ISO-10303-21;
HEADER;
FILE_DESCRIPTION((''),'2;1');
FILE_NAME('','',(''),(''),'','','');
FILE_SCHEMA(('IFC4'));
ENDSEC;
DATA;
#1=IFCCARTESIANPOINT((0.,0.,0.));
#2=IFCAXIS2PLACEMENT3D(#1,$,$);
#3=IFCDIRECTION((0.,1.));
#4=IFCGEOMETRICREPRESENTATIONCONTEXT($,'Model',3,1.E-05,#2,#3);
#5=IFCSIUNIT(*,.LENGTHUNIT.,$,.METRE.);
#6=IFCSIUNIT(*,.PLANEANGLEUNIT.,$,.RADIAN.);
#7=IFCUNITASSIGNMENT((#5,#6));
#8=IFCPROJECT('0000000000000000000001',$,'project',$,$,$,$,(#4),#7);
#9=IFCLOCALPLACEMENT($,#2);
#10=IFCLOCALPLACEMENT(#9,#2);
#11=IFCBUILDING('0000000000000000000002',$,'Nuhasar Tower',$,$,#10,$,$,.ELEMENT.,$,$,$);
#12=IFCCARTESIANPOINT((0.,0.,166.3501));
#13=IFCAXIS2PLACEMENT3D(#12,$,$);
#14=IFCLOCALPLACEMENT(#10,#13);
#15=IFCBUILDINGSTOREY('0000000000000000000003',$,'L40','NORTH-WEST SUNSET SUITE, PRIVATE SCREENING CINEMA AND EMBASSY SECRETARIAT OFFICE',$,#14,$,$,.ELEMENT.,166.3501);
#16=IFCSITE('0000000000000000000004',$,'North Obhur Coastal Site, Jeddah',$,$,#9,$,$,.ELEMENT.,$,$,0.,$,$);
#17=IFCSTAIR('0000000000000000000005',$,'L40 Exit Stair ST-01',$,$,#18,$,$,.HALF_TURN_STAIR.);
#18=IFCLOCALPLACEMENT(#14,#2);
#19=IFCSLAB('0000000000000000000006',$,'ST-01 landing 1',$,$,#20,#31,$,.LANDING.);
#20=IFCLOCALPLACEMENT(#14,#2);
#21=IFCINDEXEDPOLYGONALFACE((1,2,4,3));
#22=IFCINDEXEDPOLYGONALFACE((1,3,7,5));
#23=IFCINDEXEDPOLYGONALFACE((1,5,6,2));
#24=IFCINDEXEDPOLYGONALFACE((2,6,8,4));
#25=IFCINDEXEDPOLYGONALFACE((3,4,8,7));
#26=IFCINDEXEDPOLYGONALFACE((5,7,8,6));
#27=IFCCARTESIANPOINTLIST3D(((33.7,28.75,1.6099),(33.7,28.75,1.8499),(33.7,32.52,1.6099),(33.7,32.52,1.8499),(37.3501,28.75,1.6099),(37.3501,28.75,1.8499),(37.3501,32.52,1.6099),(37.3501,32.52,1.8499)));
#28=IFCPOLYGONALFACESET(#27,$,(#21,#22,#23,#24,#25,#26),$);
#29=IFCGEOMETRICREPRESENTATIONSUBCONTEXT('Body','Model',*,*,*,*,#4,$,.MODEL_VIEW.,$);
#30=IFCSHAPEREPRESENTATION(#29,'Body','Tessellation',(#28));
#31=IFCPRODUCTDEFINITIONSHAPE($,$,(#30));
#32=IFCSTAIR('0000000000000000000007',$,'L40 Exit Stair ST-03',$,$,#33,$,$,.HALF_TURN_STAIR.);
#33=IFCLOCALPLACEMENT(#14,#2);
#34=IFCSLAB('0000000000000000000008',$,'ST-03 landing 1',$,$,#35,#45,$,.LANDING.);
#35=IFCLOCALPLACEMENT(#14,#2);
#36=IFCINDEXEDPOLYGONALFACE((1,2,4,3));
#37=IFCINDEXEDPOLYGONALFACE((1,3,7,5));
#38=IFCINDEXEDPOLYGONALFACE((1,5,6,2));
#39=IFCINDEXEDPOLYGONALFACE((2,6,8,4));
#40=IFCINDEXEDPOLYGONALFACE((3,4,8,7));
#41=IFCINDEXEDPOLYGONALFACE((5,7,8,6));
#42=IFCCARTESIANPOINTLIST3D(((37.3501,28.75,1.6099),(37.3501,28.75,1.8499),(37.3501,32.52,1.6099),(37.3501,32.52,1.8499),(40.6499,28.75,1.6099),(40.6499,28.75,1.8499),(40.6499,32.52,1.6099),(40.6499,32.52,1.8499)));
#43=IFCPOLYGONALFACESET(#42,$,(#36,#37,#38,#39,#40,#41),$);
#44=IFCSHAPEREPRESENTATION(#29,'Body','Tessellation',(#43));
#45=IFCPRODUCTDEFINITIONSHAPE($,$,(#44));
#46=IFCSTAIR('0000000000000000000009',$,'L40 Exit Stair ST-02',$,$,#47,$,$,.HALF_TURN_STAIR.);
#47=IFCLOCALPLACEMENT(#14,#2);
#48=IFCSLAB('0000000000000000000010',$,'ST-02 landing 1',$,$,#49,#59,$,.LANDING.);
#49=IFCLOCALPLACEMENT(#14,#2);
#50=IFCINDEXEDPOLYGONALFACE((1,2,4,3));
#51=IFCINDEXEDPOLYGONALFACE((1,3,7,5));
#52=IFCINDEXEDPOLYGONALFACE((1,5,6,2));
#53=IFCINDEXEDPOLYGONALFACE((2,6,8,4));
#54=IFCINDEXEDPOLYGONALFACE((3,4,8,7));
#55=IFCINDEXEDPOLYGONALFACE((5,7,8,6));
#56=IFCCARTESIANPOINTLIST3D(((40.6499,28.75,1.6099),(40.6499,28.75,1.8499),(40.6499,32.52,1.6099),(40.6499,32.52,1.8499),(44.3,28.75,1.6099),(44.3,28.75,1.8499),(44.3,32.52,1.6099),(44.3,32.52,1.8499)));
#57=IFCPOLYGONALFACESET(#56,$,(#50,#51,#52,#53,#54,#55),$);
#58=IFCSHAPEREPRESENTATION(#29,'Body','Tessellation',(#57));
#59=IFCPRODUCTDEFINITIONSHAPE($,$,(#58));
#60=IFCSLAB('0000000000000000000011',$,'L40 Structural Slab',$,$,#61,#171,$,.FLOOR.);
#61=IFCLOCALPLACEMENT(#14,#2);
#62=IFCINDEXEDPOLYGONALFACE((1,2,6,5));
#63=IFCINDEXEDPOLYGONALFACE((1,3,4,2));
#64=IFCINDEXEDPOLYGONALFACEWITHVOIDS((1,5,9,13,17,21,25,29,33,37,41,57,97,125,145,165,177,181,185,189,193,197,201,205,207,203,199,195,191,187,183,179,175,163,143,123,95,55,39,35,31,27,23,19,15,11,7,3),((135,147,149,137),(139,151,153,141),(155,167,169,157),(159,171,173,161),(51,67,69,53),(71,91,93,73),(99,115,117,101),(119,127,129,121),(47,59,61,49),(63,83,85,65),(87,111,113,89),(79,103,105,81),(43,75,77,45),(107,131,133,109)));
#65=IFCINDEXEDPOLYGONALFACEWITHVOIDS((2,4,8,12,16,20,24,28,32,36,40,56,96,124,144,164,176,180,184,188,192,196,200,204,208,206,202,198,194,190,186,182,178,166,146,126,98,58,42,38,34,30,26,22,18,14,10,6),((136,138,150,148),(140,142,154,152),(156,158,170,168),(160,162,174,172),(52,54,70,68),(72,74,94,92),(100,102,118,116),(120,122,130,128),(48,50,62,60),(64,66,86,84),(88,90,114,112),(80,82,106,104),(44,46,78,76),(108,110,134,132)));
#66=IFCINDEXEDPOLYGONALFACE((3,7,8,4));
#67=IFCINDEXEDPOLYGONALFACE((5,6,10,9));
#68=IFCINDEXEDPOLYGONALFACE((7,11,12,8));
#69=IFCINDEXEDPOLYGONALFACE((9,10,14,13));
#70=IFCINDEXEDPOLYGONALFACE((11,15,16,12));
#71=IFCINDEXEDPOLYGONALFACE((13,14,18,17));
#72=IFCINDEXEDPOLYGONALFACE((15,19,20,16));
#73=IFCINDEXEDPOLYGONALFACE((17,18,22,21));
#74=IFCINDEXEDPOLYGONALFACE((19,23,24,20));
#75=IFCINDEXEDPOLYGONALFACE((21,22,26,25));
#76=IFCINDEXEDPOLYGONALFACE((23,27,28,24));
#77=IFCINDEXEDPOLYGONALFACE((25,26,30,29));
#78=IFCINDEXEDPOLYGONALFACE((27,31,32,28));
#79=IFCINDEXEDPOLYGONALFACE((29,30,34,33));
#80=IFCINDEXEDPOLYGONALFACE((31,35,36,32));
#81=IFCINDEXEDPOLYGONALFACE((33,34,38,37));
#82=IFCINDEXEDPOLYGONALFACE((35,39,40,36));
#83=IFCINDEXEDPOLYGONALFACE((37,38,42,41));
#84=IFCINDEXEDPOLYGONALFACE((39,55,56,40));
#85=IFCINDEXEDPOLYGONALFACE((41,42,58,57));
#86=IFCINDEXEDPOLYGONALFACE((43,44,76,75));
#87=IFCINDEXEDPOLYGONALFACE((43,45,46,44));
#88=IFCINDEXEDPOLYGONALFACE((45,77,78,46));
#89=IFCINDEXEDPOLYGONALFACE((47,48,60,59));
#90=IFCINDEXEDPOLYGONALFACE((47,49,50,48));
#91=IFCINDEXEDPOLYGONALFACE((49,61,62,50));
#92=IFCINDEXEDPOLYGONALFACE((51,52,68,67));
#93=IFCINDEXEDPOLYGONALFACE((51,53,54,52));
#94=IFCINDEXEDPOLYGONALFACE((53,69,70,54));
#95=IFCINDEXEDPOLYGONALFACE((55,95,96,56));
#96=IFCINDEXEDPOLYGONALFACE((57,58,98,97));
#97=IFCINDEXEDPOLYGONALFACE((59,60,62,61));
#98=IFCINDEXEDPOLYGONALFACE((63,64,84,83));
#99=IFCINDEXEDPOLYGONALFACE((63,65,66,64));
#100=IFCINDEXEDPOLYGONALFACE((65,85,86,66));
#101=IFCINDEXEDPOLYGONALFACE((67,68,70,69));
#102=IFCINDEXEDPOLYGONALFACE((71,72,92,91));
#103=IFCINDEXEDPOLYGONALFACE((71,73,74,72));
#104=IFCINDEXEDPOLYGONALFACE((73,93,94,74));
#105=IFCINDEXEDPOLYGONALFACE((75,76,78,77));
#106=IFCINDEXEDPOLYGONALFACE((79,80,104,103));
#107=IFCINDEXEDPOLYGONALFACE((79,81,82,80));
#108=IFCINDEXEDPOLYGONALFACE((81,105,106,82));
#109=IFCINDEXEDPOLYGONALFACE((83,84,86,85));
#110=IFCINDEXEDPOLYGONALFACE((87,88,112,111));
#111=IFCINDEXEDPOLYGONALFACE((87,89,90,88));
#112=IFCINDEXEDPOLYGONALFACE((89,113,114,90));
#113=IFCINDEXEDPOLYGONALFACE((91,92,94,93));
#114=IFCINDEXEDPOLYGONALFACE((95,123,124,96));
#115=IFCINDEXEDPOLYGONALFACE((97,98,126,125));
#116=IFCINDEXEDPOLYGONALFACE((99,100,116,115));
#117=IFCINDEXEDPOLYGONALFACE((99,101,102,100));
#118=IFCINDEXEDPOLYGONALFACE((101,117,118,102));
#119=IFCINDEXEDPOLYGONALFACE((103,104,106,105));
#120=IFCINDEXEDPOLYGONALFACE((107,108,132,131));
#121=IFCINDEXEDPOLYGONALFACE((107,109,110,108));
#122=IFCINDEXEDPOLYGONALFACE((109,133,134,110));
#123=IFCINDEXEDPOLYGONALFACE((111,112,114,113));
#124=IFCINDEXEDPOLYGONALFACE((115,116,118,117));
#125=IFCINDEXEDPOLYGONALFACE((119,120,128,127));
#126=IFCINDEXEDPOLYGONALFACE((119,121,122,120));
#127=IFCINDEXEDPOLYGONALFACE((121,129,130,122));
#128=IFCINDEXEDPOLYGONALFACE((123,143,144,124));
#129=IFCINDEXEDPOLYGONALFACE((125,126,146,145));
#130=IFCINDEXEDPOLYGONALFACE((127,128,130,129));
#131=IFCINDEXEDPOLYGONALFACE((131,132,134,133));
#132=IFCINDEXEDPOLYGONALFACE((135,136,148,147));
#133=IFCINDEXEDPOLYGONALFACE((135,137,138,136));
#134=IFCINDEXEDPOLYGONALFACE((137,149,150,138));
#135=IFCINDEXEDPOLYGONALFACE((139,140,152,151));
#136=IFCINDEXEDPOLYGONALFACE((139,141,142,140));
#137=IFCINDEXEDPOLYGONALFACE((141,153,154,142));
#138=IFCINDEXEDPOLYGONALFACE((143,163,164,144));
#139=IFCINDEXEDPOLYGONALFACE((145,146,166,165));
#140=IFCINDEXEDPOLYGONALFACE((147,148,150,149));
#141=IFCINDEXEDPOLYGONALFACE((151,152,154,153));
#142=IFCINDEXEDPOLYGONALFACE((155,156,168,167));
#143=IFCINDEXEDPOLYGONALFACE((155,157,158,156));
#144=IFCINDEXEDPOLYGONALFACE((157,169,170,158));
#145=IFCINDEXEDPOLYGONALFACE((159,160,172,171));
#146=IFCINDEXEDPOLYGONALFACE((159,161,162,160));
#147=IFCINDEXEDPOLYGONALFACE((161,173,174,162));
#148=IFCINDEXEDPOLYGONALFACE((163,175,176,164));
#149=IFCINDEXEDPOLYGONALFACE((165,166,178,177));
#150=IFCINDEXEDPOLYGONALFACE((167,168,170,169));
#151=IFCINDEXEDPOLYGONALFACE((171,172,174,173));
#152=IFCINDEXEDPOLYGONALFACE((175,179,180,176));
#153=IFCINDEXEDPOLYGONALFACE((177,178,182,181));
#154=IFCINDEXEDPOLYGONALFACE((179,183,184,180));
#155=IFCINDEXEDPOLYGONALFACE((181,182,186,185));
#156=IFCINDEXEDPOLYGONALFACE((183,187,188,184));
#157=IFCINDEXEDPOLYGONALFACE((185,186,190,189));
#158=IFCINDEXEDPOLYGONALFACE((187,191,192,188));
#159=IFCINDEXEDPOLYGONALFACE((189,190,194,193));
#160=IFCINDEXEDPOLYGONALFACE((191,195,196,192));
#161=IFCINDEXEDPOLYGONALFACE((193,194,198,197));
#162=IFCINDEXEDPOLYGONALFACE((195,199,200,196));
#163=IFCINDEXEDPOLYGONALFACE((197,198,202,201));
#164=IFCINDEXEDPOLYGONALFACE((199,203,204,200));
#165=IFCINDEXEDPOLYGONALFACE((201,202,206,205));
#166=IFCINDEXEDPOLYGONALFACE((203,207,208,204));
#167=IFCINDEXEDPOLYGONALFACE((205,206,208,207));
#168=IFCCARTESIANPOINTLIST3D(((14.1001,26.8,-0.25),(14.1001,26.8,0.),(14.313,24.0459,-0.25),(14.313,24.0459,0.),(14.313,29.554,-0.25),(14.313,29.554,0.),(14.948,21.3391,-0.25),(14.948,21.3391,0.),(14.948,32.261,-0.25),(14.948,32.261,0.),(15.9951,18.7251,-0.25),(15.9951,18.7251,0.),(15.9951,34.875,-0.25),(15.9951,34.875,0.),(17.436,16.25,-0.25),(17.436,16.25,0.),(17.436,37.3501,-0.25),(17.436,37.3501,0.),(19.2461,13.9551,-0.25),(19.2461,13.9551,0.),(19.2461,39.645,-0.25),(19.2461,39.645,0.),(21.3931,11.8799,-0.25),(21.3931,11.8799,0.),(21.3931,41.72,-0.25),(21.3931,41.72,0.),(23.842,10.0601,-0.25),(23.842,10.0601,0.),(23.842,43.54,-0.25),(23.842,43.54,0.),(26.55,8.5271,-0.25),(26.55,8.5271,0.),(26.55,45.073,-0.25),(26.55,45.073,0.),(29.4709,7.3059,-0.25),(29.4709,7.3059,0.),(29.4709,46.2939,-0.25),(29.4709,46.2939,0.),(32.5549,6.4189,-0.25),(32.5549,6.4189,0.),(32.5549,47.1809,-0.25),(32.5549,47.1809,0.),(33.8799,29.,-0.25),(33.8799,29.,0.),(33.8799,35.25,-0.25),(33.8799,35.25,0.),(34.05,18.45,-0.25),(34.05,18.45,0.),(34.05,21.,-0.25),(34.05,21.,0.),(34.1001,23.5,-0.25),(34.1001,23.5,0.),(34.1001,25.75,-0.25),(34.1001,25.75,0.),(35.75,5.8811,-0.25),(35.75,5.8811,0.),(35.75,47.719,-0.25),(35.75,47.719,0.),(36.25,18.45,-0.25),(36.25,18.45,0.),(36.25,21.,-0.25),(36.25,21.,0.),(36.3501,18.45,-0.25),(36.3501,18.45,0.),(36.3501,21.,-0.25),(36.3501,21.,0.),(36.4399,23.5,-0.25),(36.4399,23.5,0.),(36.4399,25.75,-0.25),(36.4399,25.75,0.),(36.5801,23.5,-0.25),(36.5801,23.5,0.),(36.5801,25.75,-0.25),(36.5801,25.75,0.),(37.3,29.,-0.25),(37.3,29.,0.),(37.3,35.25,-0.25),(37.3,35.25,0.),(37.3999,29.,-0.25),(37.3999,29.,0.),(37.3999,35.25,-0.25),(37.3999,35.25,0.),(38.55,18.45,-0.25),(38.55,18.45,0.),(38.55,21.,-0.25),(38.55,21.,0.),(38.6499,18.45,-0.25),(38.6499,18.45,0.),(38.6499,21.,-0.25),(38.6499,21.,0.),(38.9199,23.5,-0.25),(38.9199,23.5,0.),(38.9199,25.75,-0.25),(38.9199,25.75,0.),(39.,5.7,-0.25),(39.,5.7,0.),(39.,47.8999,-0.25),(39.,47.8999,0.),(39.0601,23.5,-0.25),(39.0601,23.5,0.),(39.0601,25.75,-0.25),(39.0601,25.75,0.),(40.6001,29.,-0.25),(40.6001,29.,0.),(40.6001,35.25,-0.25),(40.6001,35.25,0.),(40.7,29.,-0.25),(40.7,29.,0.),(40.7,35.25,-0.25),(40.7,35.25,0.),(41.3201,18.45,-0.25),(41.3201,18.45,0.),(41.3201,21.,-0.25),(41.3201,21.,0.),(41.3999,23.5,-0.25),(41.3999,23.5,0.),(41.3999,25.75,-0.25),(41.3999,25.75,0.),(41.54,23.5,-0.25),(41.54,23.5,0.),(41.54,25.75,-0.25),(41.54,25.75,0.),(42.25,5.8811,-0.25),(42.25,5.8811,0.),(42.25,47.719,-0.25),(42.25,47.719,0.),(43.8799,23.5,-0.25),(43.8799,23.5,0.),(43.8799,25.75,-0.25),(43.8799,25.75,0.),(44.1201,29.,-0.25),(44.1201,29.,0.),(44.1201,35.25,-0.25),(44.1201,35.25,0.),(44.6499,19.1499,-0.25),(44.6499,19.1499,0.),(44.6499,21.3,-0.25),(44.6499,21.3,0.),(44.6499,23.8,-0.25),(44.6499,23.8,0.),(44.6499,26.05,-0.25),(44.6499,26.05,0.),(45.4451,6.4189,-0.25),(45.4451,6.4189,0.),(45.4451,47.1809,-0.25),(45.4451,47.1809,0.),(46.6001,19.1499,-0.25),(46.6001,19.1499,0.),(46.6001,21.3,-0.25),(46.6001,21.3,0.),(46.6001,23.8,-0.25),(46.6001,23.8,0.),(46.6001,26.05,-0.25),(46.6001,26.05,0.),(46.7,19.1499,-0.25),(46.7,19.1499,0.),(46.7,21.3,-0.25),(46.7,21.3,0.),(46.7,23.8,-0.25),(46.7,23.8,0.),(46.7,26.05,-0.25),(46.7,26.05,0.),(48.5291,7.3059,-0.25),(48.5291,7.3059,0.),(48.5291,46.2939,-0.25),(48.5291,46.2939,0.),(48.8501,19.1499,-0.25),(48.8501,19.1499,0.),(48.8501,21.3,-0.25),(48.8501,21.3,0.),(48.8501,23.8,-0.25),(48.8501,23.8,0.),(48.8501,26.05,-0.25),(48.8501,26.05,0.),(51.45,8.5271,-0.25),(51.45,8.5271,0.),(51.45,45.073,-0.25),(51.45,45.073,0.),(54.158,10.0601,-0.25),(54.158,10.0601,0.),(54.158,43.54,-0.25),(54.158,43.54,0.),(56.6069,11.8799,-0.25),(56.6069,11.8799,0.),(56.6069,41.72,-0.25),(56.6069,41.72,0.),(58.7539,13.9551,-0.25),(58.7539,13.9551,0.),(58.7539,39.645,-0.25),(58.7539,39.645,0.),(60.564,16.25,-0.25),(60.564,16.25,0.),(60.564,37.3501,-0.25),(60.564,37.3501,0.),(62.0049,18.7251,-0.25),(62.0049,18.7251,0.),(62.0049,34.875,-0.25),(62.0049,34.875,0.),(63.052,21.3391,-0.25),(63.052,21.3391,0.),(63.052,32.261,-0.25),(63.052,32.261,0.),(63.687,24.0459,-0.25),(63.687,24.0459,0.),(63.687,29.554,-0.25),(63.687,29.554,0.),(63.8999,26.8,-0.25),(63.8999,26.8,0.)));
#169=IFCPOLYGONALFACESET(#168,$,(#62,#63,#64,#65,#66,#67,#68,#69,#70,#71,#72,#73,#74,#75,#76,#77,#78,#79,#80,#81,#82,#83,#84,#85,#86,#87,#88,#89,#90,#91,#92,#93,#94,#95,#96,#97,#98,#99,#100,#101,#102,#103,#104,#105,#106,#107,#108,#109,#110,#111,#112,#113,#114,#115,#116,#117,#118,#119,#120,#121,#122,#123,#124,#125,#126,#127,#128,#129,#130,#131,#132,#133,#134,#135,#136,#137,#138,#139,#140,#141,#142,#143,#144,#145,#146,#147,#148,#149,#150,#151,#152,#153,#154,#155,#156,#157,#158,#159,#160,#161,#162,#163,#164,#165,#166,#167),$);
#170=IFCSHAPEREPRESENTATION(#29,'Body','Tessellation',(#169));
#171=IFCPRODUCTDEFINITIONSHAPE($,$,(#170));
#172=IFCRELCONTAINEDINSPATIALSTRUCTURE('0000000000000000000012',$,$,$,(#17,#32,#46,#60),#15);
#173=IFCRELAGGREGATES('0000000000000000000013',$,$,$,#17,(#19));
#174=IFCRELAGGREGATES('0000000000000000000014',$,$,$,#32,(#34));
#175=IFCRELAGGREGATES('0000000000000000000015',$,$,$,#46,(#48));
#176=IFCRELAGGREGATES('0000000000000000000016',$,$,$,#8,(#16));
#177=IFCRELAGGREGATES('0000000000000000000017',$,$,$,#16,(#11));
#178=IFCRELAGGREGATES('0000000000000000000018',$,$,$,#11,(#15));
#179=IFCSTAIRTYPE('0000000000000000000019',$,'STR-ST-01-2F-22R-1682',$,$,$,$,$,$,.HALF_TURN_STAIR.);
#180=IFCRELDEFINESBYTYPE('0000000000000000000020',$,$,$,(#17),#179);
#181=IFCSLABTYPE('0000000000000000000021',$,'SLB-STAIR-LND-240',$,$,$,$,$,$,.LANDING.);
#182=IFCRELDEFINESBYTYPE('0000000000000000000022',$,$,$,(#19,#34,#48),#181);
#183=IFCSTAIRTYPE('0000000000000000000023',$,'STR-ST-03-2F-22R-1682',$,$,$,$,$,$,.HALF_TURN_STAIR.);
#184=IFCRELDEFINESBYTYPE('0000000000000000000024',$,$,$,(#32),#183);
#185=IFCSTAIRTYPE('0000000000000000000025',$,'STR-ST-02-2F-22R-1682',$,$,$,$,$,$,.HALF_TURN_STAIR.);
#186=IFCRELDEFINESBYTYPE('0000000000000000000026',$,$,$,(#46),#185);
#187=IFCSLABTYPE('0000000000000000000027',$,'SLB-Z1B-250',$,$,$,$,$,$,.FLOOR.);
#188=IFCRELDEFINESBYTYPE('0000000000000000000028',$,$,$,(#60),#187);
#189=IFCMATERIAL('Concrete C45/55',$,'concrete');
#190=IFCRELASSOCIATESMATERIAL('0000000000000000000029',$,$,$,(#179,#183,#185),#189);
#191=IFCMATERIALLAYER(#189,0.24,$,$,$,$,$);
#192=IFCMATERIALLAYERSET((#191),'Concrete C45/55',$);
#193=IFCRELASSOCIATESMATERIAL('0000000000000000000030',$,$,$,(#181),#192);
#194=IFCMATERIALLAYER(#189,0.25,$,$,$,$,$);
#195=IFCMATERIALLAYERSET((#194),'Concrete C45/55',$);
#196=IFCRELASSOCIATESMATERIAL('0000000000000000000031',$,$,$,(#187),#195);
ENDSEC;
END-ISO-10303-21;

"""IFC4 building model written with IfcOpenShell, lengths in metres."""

from ifc_helpers import new_model, si_unit, direction, frame, origin, place, context, subcontext, project, spatial, polyline, outline, extrude, material, layer, layer_set, type_object, element, aggregate, save


model = new_model("IFC4")

# Units and contexts
model_context = context("Model", 3, precision=1e-05, world=origin(), true_north=direction((0.0, 1.0)))
body_context = subcontext(model_context, "Body", "Model", "MODEL_VIEW")
ifc_project = project(units=[si_unit("LENGTHUNIT", "METRE"), si_unit("PLANEANGLEUNIT", "RADIAN")], contexts=[model_context])

# Site, building, storey
site_placement = place(None, origin())
site = spatial("IfcSite", under=ifc_project, at=site_placement, Name="North Obhur Coastal Site, Jeddah", CompositionType="ELEMENT", RefElevation=0.0)
building_placement = place(site_placement, origin())
building = spatial("IfcBuilding", under=site, at=building_placement, Name="Nuhasar Tower", CompositionType="ELEMENT")
storey_placement = place(building_placement, frame((0.0, 0.0, 166.3501)))
storey = spatial("IfcBuildingStorey", under=building, at=storey_placement, Name="L40", Description="NORTH-WEST SUNSET SUITE, PRIVATE SCREENING CINEMA AND EMBASSY SECRETARIAT OFFICE", CompositionType="ELEMENT", Elevation=166.3501)

# Stairs, slabs
ifc_material_1 = material(Name="Concrete C45/55", Category="concrete")
stair_type_1 = type_object("IfcStairType", Name="STR-ST-01-2F-22R-1682", PredefinedType="HALF_TURN_STAIR", material=ifc_material_1)
stair_1_placement = place(storey_placement, origin())
stair_1 = element("IfcStair", 1, at=stair_1_placement, inside=storey, type_object=stair_type_1, Name="L40 Exit Stair ST-01", PredefinedType="HALF_TURN_STAIR")
ifc_layer_1 = layer(ifc_material_1, 0.24)
ifc_layer_set_1 = layer_set([ifc_layer_1], Name="Concrete C45/55")
slab_type_1 = type_object("IfcSlabType", Name="SLB-STAIR-LND-240", PredefinedType="LANDING", material=ifc_layer_set_1)
slab_1_placement = place(storey_placement, frame((0.0, 0.0, 1.6099)))
slab_1 = element("IfcSlab", 2, at=slab_1_placement, type_object=slab_type_1, Name="ST-01 landing 1", PredefinedType="LANDING", context=body_context, shape_type="SweptSolid", body=[
    extrude(outline(polyline([(33.7, 28.75), (37.3501, 28.75), (37.3501, 32.52), (33.7, 32.52), (33.7, 28.75)])), origin(), (0.0, 0.0, 1.0), 0.24),
])
aggregate(stair_1, [slab_1])
stair_type_2 = type_object("IfcStairType", Name="STR-ST-03-2F-22R-1682", PredefinedType="HALF_TURN_STAIR", material=ifc_material_1)
stair_2_placement = place(storey_placement, origin())
stair_2 = element("IfcStair", 3, at=stair_2_placement, inside=storey, type_object=stair_type_2, Name="L40 Exit Stair ST-03", PredefinedType="HALF_TURN_STAIR")
slab_2_placement = place(storey_placement, frame((0.0, 0.0, 1.6099)))
slab_2 = element("IfcSlab", 4, at=slab_2_placement, type_object=slab_type_1, Name="ST-03 landing 1", PredefinedType="LANDING", context=body_context, shape_type="SweptSolid", body=[
    extrude(outline(polyline([(37.3501, 28.75), (40.6499, 28.75), (40.6499, 32.52), (37.3501, 32.52), (37.3501, 28.75)])), origin(), (0.0, 0.0, 1.0), 0.24),
])
aggregate(stair_2, [slab_2])
stair_type_3 = type_object("IfcStairType", Name="STR-ST-02-2F-22R-1682", PredefinedType="HALF_TURN_STAIR", material=ifc_material_1)
stair_3_placement = place(storey_placement, origin())
stair_3 = element("IfcStair", 5, at=stair_3_placement, inside=storey, type_object=stair_type_3, Name="L40 Exit Stair ST-02", PredefinedType="HALF_TURN_STAIR")
slab_3_placement = place(storey_placement, frame((0.0, 0.0, 1.6099)))
slab_3 = element("IfcSlab", 6, at=slab_3_placement, type_object=slab_type_1, Name="ST-02 landing 1", PredefinedType="LANDING", context=body_context, shape_type="SweptSolid", body=[
    extrude(outline(polyline([(40.6499, 28.75), (44.3, 28.75), (44.3, 32.52), (40.6499, 32.52), (40.6499, 28.75)])), origin(), (0.0, 0.0, 1.0), 0.24),
])
aggregate(stair_3, [slab_3])

# Slab
ifc_layer_2 = layer(ifc_material_1, 0.25)
ifc_layer_set_2 = layer_set([ifc_layer_2], Name="Concrete C45/55")
slab_type_2 = type_object("IfcSlabType", Name="SLB-Z1B-250", PredefinedType="FLOOR", material=ifc_layer_set_2)
slab_4_placement = place(storey_placement, frame((0.0, 0.0, -0.25)))
element("IfcSlab", 7, at=slab_4_placement, inside=storey, type_object=slab_type_2, Name="L40 Structural Slab", PredefinedType="FLOOR", context=body_context, shape_type="SweptSolid", body=[
    extrude(outline(polyline([(63.8999, 26.8), (63.687, 29.554), (63.052, 32.261), (62.0049, 34.875), (60.564, 37.3501), (58.7539, 39.645), (56.6069, 41.72), (54.158, 43.54), (51.45, 45.073), (48.5291, 46.2939), (45.4451, 47.1809), (42.25, 47.719), (39.0, 47.8999), (35.75, 47.719), (32.5549, 47.1809), (29.4709, 46.2939), (26.55, 45.073), (23.842, 43.54), (21.3931, 41.72), (19.2461, 39.645), (17.436, 37.3501), (15.9951, 34.875), (14.948, 32.261), (14.313, 29.554), (14.1001, 26.8), (14.313, 24.0459), (14.948, 21.3391), (15.9951, 18.7251), (17.436, 16.25), (19.2461, 13.9551), (21.3931, 11.8799), (23.842, 10.0601), (26.55, 8.5271), (29.4709, 7.3059), (32.5549, 6.4189), (35.75, 5.8811), (39.0, 5.7), (42.25, 5.8811), (45.4451, 6.4189), (48.5291, 7.3059), (51.45, 8.5271), (54.158, 10.0601), (56.6069, 11.8799), (58.7539, 13.9551), (60.564, 16.25), (62.0049, 18.7251), (63.052, 21.3391), (63.687, 24.0459), (63.8999, 26.8)]), holes=[polyline([(33.8799, 35.25), (37.3, 35.25), (37.3, 29.0), (33.8799, 29.0), (33.8799, 35.25)]), polyline([(37.3999, 35.25), (40.6001, 35.25), (40.6001, 29.0), (37.3999, 29.0), (37.3999, 35.25)]), polyline([(40.7, 35.25), (44.1201, 35.25), (44.1201, 29.0), (40.7, 29.0), (40.7, 35.25)]), polyline([(44.6499, 26.05), (46.6001, 26.05), (46.6001, 23.8), (44.6499, 23.8), (44.6499, 26.05)]), polyline([(46.7, 26.05), (48.8501, 26.05), (48.8501, 23.8), (46.7, 23.8), (46.7, 26.05)]), polyline([(44.6499, 21.3), (46.6001, 21.3), (46.6001, 19.1499), (44.6499, 19.1499), (44.6499, 21.3)]), polyline([(46.7, 21.3), (48.8501, 21.3), (48.8501, 19.1499), (46.7, 19.1499), (46.7, 21.3)]), polyline([(34.1001, 25.75), (36.4399, 25.75), (36.4399, 23.5), (34.1001, 23.5), (34.1001, 25.75)]), polyline([(36.5801, 25.75), (38.9199, 25.75), (38.9199, 23.5), (36.5801, 23.5), (36.5801, 25.75)]), polyline([(39.0601, 25.75), (41.3999, 25.75), (41.3999, 23.5), (39.0601, 23.5), (39.0601, 25.75)]), polyline([(41.54, 25.75), (43.8799, 25.75), (43.8799, 23.5), (41.54, 23.5), (41.54, 25.75)]), polyline([(34.05, 21.0), (36.25, 21.0), (36.25, 18.45), (34.05, 18.45), (34.05, 21.0)]), polyline([(36.3501, 21.0), (38.55, 21.0), (38.55, 18.45), (36.3501, 18.45), (36.3501, 21.0)]), polyline([(38.6499, 21.0), (41.3201, 21.0), (41.3201, 18.45), (38.6499, 18.45), (38.6499, 21.0)])]), origin(), (0.0, 0.0, 1.0), 0.25),
])

save(model, "model.ifc")
